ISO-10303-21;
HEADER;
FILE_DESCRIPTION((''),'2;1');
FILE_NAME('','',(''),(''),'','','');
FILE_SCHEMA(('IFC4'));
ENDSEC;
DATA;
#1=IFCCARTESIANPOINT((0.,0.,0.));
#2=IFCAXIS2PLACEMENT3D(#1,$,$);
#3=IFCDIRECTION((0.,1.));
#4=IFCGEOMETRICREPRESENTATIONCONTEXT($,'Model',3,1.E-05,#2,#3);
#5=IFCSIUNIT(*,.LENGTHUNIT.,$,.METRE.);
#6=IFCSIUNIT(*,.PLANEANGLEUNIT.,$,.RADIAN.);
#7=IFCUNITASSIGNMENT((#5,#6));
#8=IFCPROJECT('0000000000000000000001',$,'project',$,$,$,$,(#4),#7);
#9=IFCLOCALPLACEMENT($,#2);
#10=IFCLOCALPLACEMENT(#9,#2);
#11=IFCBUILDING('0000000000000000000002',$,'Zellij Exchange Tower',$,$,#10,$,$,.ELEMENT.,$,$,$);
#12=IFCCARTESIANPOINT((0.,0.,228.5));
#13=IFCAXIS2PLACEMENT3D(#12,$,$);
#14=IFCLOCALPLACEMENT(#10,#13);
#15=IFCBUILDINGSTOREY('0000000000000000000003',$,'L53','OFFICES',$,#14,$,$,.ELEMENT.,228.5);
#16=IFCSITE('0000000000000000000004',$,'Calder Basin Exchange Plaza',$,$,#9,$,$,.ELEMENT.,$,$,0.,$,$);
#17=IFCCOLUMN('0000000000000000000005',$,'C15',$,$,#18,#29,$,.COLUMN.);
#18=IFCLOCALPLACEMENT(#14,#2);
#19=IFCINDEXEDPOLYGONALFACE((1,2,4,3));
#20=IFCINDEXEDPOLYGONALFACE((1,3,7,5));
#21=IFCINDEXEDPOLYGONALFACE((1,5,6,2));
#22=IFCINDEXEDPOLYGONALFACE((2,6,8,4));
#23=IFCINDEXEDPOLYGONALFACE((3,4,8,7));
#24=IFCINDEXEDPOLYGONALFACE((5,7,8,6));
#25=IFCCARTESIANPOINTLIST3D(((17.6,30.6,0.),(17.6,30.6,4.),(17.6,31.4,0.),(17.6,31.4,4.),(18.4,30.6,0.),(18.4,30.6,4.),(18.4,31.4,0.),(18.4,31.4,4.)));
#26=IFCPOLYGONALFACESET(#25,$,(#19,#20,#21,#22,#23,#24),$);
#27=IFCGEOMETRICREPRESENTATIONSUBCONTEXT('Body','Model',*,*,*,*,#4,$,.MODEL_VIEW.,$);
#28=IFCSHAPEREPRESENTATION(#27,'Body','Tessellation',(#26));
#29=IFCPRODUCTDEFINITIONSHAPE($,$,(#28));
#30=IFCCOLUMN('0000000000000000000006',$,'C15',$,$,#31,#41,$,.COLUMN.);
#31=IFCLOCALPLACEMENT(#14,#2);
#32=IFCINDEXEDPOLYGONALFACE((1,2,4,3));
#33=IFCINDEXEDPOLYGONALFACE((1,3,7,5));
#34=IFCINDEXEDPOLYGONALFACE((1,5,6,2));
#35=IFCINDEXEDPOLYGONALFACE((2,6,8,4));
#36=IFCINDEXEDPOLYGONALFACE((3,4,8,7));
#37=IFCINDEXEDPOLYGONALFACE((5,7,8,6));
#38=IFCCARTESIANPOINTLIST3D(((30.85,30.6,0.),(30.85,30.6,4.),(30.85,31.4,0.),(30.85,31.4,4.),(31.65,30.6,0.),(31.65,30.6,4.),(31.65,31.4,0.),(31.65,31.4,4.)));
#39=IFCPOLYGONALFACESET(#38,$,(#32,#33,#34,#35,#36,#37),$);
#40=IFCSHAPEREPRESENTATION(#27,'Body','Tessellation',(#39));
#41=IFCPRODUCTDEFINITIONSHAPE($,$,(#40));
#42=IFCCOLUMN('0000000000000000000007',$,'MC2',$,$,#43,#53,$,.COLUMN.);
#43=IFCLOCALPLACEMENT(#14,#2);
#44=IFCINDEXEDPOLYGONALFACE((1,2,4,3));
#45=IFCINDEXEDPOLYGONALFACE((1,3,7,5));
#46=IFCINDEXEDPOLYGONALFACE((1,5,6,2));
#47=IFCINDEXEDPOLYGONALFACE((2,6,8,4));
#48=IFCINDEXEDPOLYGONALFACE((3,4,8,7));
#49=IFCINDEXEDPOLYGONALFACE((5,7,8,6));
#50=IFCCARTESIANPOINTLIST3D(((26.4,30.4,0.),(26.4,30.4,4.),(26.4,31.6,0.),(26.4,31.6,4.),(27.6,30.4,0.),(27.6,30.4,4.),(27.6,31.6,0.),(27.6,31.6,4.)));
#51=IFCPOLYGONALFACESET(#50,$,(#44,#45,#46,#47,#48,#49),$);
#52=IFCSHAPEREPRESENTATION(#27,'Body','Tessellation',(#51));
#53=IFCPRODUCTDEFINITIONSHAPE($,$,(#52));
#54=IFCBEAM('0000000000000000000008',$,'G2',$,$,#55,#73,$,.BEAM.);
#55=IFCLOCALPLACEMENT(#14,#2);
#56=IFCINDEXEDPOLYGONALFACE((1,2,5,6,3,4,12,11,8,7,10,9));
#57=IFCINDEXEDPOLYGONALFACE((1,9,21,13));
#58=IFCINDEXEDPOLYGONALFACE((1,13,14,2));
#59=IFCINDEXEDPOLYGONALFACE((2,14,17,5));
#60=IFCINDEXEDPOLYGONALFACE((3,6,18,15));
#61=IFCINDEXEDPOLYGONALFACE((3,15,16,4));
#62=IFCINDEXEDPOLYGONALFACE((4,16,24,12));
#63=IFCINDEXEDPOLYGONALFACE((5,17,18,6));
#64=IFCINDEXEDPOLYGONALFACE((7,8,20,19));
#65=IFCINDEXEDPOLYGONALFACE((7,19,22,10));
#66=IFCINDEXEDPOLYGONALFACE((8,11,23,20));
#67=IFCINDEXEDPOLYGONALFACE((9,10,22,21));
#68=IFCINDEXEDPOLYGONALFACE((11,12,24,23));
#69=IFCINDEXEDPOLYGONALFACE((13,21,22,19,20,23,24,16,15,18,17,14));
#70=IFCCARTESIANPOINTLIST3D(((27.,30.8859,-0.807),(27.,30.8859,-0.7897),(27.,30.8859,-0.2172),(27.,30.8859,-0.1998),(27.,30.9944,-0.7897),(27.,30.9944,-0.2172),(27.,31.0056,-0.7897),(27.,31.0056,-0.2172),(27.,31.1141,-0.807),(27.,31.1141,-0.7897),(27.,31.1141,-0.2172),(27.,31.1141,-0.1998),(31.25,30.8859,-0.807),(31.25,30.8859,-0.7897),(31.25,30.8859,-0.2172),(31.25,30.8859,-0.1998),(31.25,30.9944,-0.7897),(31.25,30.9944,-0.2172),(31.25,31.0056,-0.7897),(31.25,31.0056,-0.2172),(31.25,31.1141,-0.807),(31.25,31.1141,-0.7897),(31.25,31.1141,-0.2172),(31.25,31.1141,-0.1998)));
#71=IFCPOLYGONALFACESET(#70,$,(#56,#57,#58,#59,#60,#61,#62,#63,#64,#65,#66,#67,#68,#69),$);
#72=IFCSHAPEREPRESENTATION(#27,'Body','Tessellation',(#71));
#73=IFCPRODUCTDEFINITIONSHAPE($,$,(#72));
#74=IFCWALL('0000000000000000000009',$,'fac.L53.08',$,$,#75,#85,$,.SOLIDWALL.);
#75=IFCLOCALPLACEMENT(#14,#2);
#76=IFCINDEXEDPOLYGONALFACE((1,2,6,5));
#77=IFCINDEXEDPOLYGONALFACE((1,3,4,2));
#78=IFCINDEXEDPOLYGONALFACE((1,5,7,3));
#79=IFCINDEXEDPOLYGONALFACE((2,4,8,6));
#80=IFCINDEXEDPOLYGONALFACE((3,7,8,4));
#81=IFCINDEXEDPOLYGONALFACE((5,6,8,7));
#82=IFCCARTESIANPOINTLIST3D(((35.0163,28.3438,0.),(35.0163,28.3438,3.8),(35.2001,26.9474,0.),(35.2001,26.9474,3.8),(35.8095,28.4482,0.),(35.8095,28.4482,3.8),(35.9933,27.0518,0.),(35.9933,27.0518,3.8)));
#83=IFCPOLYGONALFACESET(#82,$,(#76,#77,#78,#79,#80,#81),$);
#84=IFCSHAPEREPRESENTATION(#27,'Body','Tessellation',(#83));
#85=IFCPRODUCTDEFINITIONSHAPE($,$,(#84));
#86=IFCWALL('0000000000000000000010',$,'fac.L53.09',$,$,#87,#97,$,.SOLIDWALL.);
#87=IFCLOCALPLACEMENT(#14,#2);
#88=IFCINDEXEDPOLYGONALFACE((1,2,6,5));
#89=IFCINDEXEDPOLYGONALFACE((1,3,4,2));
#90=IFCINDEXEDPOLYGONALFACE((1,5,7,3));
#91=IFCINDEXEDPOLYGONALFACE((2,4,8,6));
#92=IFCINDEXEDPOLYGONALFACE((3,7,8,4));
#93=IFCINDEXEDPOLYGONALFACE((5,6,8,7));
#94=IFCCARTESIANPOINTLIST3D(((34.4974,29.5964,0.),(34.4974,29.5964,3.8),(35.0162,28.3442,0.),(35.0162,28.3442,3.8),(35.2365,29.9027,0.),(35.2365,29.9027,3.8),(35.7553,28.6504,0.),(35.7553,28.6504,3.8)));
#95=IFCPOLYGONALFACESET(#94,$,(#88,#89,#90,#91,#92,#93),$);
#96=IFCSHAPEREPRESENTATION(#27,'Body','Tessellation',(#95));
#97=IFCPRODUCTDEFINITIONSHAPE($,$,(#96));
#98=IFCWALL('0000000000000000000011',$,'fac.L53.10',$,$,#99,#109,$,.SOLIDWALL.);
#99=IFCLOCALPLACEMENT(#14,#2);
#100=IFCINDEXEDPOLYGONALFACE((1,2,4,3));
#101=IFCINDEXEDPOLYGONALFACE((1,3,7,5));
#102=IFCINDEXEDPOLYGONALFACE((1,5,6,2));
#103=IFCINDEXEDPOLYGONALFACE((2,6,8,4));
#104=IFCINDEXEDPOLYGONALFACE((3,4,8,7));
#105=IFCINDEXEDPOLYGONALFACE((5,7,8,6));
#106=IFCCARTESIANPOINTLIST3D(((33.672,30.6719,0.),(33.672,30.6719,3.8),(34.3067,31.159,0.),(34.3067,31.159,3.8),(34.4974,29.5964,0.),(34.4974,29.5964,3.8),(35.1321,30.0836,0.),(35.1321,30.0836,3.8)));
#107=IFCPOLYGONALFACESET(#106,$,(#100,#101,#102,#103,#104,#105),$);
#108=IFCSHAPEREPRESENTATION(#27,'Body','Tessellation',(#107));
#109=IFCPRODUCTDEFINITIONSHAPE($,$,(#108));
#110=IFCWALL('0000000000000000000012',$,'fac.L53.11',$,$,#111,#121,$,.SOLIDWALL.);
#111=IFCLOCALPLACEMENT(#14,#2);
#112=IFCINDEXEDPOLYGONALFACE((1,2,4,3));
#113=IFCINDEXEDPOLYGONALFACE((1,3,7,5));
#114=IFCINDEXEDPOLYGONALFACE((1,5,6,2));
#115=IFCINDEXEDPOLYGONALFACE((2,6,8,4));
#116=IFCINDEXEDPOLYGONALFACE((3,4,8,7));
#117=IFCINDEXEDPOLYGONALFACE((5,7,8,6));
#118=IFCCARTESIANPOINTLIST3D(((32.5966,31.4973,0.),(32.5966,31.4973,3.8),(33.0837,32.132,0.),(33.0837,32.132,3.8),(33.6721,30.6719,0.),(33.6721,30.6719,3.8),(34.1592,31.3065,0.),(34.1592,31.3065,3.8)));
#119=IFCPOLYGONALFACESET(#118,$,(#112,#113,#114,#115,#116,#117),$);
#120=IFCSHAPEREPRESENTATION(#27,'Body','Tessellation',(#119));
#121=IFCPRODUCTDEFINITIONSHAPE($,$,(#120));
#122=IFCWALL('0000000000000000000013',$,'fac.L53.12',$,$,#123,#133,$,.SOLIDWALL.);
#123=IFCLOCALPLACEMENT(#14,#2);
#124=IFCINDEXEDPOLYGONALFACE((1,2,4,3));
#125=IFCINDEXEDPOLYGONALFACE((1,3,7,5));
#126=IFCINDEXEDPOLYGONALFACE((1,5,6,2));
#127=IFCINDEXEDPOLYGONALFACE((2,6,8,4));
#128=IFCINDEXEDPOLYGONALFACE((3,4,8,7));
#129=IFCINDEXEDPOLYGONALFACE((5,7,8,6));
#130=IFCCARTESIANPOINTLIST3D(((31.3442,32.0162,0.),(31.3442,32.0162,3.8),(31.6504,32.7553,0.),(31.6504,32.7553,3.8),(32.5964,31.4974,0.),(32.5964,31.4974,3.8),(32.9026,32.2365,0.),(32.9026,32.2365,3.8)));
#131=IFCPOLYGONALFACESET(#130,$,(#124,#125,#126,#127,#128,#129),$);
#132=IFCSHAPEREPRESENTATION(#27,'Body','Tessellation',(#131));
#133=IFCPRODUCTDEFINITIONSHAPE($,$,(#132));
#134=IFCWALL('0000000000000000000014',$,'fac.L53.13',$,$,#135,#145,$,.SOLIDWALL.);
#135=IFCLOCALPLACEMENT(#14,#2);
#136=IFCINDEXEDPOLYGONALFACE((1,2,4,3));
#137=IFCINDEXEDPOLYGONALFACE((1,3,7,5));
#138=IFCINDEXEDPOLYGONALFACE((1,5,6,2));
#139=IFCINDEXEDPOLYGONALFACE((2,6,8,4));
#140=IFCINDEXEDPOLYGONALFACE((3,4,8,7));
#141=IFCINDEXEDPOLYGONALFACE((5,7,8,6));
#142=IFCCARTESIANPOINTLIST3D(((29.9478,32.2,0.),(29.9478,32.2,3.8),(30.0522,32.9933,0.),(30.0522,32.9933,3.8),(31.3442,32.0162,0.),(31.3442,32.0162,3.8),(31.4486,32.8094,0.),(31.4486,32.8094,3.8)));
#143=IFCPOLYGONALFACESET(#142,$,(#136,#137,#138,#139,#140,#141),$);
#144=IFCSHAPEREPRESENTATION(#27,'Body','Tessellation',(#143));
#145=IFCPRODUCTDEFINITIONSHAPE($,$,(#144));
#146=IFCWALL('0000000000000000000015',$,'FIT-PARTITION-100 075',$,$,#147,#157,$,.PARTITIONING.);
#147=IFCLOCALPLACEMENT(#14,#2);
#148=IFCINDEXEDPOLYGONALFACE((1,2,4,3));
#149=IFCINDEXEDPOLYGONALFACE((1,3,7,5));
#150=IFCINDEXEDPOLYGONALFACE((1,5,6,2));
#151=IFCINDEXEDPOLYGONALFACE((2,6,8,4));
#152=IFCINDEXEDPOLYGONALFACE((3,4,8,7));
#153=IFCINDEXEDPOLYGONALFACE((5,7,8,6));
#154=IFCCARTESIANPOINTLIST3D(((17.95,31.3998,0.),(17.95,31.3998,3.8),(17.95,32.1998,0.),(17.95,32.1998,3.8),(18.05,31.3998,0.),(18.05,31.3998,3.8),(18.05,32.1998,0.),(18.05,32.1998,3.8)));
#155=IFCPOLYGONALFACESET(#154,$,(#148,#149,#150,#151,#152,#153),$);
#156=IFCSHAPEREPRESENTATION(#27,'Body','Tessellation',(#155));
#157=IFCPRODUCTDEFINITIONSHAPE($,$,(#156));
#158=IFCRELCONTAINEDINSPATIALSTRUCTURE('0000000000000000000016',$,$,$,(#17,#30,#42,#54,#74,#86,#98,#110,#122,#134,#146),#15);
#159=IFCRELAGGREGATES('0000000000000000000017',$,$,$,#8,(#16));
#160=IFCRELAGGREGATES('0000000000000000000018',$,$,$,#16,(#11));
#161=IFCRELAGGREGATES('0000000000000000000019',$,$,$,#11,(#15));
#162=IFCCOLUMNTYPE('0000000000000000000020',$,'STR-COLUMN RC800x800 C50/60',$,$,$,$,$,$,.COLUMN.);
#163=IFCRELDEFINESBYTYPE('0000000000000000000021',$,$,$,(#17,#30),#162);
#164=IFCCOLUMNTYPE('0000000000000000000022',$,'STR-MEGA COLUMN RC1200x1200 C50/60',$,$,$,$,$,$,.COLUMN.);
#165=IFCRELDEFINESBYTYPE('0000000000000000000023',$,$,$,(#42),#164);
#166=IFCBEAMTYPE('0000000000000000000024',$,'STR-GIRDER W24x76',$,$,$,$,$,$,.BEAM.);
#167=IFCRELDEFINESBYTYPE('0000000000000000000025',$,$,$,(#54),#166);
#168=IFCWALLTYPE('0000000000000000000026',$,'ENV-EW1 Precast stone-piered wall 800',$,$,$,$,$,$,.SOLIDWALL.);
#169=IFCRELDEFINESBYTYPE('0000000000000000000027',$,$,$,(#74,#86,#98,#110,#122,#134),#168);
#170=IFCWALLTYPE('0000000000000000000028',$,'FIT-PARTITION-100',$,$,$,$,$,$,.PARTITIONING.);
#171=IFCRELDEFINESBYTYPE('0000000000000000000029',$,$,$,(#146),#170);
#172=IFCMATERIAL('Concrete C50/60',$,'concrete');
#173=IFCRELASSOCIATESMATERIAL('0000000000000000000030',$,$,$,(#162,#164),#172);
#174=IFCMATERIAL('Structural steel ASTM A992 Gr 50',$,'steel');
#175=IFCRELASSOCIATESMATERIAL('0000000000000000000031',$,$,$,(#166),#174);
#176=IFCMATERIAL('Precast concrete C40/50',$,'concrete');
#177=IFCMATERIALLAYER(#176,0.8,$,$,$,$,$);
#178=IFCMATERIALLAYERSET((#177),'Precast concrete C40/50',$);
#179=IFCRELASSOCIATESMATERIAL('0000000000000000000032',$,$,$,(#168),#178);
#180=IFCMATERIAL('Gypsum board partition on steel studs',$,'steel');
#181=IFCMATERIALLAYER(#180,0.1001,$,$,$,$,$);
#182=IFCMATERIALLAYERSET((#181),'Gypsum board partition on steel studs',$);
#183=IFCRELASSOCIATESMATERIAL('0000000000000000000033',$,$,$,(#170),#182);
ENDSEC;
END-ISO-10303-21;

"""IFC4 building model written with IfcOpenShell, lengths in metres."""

from ifc_helpers import new_model, si_unit, direction, frame, frame_2d, origin, origin_2d, place, context, subcontext, project, spatial, rectangle, i_section, extrude, material, layer, layer_set, material_profile, profile_set, type_object, element, save


model = new_model("IFC4")

# Units and contexts
model_context = context("Model", 3, precision=1e-05, world=origin(), true_north=direction((0.0, 1.0)))
body_context = subcontext(model_context, "Body", "Model", "MODEL_VIEW")
ifc_project = project(units=[si_unit("LENGTHUNIT", "METRE"), si_unit("PLANEANGLEUNIT", "RADIAN")], contexts=[model_context])

# Site, building, storey
site_placement = place(None, origin())
site = spatial("IfcSite", under=ifc_project, at=site_placement, Name="Calder Basin Exchange Plaza", CompositionType="ELEMENT", RefElevation=0.0)
building_placement = place(site_placement, origin())
building = spatial("IfcBuilding", under=site, at=building_placement, Name="Zellij Exchange Tower", CompositionType="ELEMENT")
storey_placement = place(building_placement, frame((0.0, 0.0, 228.5)))
storey = spatial("IfcBuildingStorey", under=building, at=storey_placement, Name="L53", Description="OFFICES", CompositionType="ELEMENT", Elevation=228.5)

# Columns
ifc_material_1 = material(Name="Concrete C50/60", Category="concrete")
ifc_material_profile_1 = material_profile(ifc_material_1, rectangle(XDim=0.8, YDim=0.8, at=origin_2d()), Name="STR-COLUMN RC800x800 C50/60")
ifc_profile_set_1 = profile_set([ifc_material_profile_1], Name="Concrete C50/60")
column_type_1 = type_object("IfcColumnType", Name="STR-COLUMN RC800x800 C50/60", PredefinedType="COLUMN", material=ifc_profile_set_1)
for number, where, z_axis, x_axis, name in (
    (1, (18.0, 31.0, 0.0), (0.0, 0.0, 1.0), (1.0, 0.0, 0.0), "C15"),
    (2, (31.25, 31.0, 0.0), (0.0, 0.0, 1.0), (1.0, 0.0, 0.0), "C15"),
):
    element("IfcColumn", number, at=place(storey_placement, frame(where, z_axis=z_axis, x_axis=x_axis)), inside=storey, type_object=column_type_1, Name=name, PredefinedType="COLUMN", context=body_context, shape_type="SweptSolid", body=[
        extrude(rectangle(XDim=0.8, YDim=0.8, at=origin_2d()), origin(), (0.0, 0.0, 1.0), 4.0),
    ])
ifc_material_profile_2 = material_profile(ifc_material_1, rectangle(XDim=1.2, YDim=1.2, at=origin_2d()), Name="STR-MEGA COLUMN RC1200x1200 C50/60")
ifc_profile_set_2 = profile_set([ifc_material_profile_2], Name="Concrete C50/60")
column_type_2 = type_object("IfcColumnType", Name="STR-MEGA COLUMN RC1200x1200 C50/60", PredefinedType="COLUMN", material=ifc_profile_set_2)
column_placement = place(storey_placement, frame((27.0, 31.0, 0.0), z_axis=(0.0, 0.0, 1.0), x_axis=(1.0, 0.0, 0.0)))
element("IfcColumn", 3, at=column_placement, inside=storey, type_object=column_type_2, Name="MC2", PredefinedType="COLUMN", context=body_context, shape_type="SweptSolid", body=[
    extrude(rectangle(XDim=1.2, YDim=1.2, at=origin_2d()), origin(), (0.0, 0.0, 1.0), 4.0),
])

# Beam
ifc_material_2 = material(Name="Structural steel ASTM A992 Gr 50", Category="steel")
ifc_material_profile_3 = material_profile(ifc_material_2, i_section(OverallWidth=0.2283, OverallDepth=0.6072, WebThickness=0.0112, FlangeThickness=0.0173, at=origin_2d()), Name="W24x76")
ifc_profile_set_3 = profile_set([ifc_material_profile_3], Name="Structural steel ASTM A992 Gr 50")
beam_type = type_object("IfcBeamType", Name="STR-GIRDER W24x76", PredefinedType="BEAM", material=ifc_profile_set_3)
beam_placement = place(storey_placement, frame((27.0, 31.0, -0.5034), z_axis=(1.0, 0.0, 0.0), x_axis=(0.0, 1.0, 0.0)))
element("IfcBeam", 4, at=beam_placement, inside=storey, type_object=beam_type, Name="G2", PredefinedType="BEAM", context=body_context, shape_type="SweptSolid", body=[
    extrude(i_section(OverallWidth=0.2283, OverallDepth=0.6072, WebThickness=0.0112, FlangeThickness=0.0173, at=origin_2d()), origin(), (0.0, 0.0, 1.0), 4.25),
])

# Walls
ifc_material_3 = material(Name="Precast concrete C40/50", Category="concrete")
ifc_layer_1 = layer(ifc_material_3, 0.8)
ifc_layer_set_1 = layer_set([ifc_layer_1], Name="Precast concrete C40/50")
wall_type_1 = type_object("IfcWallType", Name="ENV-EW1 Precast stone-piered wall 800", PredefinedType="SOLIDWALL", material=ifc_layer_set_1)
wall_1_placement = place(storey_placement, frame((35.5967, 26.9998, 0.0), z_axis=(0.0, 0.0, 1.0), x_axis=(-0.130517, 0.991446, 0.0)))
element("IfcWall", 5, at=wall_1_placement, inside=storey, type_object=wall_type_1, Name="fac.L53.08", PredefinedType="SOLIDWALL", context=body_context, shape_type="SweptSolid", body=[
    extrude(rectangle(XDim=1.4084, YDim=0.8, at=frame_2d((0.7041, 0.0))), origin(), (0.0, 0.0, 1.0), 3.8),
])
wall_2_placement = place(storey_placement, frame((35.3857, 28.4973, 0.0), z_axis=(0.0, 0.0, 1.0), x_axis=(-0.38276, 0.923848, 0.0)))
element("IfcWall", 6, at=wall_2_placement, inside=storey, type_object=wall_type_1, Name="fac.L53.09", PredefinedType="SOLIDWALL", context=body_context, shape_type="SweptSolid", body=[
    extrude(rectangle(XDim=1.3555, YDim=0.8, at=frame_2d((0.6777, 0.0))), origin(), (0.0, 0.0, 1.0), 3.8),
])
for number, where, z_axis, x_axis, name in (
    (7, (34.8147, 29.8401, 0.0), (0.0, 0.0, 1.0), (-0.608866, 0.793273, 0.0), "fac.L53.10"),
    (8, (33.9155, 30.9893, 0.0), (0.0, 0.0, 1.0), (-0.793273, 0.608866, 0.0), "fac.L53.11"),
):
    element("IfcWall", number, at=place(storey_placement, frame(where, z_axis=z_axis, x_axis=x_axis)), inside=storey, type_object=wall_type_1, Name=name, PredefinedType="SOLIDWALL", context=body_context, shape_type="SweptSolid", body=[
        extrude(rectangle(XDim=1.3557, YDim=0.8, at=frame_2d((0.6777, 0.0))), origin(), (0.0, 0.0, 1.0), 3.8),
    ])
wall_3_placement = place(storey_placement, frame((32.7495, 31.8669, 0.0), z_axis=(0.0, 0.0, 1.0), x_axis=(-0.923848, 0.38276, 0.0)))
element("IfcWall", 9, at=wall_3_placement, inside=storey, type_object=wall_type_1, Name="fac.L53.12", PredefinedType="SOLIDWALL", context=body_context, shape_type="SweptSolid", body=[
    extrude(rectangle(XDim=1.3555, YDim=0.8, at=frame_2d((0.6777, 0.0))), origin(), (0.0, 0.0, 1.0), 3.8),
])
wall_4_placement = place(storey_placement, frame((31.3962, 32.4128, 0.0), z_axis=(0.0, 0.0, 1.0), x_axis=(-0.991446, 0.130517, 0.0)))
element("IfcWall", 10, at=wall_4_placement, inside=storey, type_object=wall_type_1, Name="fac.L53.13", PredefinedType="SOLIDWALL", context=body_context, shape_type="SweptSolid", body=[
    extrude(rectangle(XDim=1.4084, YDim=0.8, at=frame_2d((0.7041, 0.0))), origin(), (0.0, 0.0, 1.0), 3.8),
])

# Wall
ifc_material_4 = material(Name="Gypsum board partition on steel studs", Category="steel")
ifc_layer_2 = layer(ifc_material_4, 0.1001)
ifc_layer_set_2 = layer_set([ifc_layer_2], Name="Gypsum board partition on steel studs")
wall_type_2 = type_object("IfcWallType", Name="FIT-PARTITION-100", PredefinedType="PARTITIONING", material=ifc_layer_set_2)
wall_5_placement = place(storey_placement, frame((18.0, 31.3999, 0.0), z_axis=(0.0, 0.0, 1.0), x_axis=(0.0, 1.0, 0.0)))
element("IfcWall", 11, at=wall_5_placement, inside=storey, type_object=wall_type_2, Name="FIT-PARTITION-100 075", PredefinedType="PARTITIONING", context=body_context, shape_type="SweptSolid", body=[
    extrude(rectangle(XDim=0.8, YDim=0.1001, at=frame_2d((0.3999, 0.0))), origin(), (0.0, 0.0, 1.0), 3.8),
])

save(model, "model.ifc")
